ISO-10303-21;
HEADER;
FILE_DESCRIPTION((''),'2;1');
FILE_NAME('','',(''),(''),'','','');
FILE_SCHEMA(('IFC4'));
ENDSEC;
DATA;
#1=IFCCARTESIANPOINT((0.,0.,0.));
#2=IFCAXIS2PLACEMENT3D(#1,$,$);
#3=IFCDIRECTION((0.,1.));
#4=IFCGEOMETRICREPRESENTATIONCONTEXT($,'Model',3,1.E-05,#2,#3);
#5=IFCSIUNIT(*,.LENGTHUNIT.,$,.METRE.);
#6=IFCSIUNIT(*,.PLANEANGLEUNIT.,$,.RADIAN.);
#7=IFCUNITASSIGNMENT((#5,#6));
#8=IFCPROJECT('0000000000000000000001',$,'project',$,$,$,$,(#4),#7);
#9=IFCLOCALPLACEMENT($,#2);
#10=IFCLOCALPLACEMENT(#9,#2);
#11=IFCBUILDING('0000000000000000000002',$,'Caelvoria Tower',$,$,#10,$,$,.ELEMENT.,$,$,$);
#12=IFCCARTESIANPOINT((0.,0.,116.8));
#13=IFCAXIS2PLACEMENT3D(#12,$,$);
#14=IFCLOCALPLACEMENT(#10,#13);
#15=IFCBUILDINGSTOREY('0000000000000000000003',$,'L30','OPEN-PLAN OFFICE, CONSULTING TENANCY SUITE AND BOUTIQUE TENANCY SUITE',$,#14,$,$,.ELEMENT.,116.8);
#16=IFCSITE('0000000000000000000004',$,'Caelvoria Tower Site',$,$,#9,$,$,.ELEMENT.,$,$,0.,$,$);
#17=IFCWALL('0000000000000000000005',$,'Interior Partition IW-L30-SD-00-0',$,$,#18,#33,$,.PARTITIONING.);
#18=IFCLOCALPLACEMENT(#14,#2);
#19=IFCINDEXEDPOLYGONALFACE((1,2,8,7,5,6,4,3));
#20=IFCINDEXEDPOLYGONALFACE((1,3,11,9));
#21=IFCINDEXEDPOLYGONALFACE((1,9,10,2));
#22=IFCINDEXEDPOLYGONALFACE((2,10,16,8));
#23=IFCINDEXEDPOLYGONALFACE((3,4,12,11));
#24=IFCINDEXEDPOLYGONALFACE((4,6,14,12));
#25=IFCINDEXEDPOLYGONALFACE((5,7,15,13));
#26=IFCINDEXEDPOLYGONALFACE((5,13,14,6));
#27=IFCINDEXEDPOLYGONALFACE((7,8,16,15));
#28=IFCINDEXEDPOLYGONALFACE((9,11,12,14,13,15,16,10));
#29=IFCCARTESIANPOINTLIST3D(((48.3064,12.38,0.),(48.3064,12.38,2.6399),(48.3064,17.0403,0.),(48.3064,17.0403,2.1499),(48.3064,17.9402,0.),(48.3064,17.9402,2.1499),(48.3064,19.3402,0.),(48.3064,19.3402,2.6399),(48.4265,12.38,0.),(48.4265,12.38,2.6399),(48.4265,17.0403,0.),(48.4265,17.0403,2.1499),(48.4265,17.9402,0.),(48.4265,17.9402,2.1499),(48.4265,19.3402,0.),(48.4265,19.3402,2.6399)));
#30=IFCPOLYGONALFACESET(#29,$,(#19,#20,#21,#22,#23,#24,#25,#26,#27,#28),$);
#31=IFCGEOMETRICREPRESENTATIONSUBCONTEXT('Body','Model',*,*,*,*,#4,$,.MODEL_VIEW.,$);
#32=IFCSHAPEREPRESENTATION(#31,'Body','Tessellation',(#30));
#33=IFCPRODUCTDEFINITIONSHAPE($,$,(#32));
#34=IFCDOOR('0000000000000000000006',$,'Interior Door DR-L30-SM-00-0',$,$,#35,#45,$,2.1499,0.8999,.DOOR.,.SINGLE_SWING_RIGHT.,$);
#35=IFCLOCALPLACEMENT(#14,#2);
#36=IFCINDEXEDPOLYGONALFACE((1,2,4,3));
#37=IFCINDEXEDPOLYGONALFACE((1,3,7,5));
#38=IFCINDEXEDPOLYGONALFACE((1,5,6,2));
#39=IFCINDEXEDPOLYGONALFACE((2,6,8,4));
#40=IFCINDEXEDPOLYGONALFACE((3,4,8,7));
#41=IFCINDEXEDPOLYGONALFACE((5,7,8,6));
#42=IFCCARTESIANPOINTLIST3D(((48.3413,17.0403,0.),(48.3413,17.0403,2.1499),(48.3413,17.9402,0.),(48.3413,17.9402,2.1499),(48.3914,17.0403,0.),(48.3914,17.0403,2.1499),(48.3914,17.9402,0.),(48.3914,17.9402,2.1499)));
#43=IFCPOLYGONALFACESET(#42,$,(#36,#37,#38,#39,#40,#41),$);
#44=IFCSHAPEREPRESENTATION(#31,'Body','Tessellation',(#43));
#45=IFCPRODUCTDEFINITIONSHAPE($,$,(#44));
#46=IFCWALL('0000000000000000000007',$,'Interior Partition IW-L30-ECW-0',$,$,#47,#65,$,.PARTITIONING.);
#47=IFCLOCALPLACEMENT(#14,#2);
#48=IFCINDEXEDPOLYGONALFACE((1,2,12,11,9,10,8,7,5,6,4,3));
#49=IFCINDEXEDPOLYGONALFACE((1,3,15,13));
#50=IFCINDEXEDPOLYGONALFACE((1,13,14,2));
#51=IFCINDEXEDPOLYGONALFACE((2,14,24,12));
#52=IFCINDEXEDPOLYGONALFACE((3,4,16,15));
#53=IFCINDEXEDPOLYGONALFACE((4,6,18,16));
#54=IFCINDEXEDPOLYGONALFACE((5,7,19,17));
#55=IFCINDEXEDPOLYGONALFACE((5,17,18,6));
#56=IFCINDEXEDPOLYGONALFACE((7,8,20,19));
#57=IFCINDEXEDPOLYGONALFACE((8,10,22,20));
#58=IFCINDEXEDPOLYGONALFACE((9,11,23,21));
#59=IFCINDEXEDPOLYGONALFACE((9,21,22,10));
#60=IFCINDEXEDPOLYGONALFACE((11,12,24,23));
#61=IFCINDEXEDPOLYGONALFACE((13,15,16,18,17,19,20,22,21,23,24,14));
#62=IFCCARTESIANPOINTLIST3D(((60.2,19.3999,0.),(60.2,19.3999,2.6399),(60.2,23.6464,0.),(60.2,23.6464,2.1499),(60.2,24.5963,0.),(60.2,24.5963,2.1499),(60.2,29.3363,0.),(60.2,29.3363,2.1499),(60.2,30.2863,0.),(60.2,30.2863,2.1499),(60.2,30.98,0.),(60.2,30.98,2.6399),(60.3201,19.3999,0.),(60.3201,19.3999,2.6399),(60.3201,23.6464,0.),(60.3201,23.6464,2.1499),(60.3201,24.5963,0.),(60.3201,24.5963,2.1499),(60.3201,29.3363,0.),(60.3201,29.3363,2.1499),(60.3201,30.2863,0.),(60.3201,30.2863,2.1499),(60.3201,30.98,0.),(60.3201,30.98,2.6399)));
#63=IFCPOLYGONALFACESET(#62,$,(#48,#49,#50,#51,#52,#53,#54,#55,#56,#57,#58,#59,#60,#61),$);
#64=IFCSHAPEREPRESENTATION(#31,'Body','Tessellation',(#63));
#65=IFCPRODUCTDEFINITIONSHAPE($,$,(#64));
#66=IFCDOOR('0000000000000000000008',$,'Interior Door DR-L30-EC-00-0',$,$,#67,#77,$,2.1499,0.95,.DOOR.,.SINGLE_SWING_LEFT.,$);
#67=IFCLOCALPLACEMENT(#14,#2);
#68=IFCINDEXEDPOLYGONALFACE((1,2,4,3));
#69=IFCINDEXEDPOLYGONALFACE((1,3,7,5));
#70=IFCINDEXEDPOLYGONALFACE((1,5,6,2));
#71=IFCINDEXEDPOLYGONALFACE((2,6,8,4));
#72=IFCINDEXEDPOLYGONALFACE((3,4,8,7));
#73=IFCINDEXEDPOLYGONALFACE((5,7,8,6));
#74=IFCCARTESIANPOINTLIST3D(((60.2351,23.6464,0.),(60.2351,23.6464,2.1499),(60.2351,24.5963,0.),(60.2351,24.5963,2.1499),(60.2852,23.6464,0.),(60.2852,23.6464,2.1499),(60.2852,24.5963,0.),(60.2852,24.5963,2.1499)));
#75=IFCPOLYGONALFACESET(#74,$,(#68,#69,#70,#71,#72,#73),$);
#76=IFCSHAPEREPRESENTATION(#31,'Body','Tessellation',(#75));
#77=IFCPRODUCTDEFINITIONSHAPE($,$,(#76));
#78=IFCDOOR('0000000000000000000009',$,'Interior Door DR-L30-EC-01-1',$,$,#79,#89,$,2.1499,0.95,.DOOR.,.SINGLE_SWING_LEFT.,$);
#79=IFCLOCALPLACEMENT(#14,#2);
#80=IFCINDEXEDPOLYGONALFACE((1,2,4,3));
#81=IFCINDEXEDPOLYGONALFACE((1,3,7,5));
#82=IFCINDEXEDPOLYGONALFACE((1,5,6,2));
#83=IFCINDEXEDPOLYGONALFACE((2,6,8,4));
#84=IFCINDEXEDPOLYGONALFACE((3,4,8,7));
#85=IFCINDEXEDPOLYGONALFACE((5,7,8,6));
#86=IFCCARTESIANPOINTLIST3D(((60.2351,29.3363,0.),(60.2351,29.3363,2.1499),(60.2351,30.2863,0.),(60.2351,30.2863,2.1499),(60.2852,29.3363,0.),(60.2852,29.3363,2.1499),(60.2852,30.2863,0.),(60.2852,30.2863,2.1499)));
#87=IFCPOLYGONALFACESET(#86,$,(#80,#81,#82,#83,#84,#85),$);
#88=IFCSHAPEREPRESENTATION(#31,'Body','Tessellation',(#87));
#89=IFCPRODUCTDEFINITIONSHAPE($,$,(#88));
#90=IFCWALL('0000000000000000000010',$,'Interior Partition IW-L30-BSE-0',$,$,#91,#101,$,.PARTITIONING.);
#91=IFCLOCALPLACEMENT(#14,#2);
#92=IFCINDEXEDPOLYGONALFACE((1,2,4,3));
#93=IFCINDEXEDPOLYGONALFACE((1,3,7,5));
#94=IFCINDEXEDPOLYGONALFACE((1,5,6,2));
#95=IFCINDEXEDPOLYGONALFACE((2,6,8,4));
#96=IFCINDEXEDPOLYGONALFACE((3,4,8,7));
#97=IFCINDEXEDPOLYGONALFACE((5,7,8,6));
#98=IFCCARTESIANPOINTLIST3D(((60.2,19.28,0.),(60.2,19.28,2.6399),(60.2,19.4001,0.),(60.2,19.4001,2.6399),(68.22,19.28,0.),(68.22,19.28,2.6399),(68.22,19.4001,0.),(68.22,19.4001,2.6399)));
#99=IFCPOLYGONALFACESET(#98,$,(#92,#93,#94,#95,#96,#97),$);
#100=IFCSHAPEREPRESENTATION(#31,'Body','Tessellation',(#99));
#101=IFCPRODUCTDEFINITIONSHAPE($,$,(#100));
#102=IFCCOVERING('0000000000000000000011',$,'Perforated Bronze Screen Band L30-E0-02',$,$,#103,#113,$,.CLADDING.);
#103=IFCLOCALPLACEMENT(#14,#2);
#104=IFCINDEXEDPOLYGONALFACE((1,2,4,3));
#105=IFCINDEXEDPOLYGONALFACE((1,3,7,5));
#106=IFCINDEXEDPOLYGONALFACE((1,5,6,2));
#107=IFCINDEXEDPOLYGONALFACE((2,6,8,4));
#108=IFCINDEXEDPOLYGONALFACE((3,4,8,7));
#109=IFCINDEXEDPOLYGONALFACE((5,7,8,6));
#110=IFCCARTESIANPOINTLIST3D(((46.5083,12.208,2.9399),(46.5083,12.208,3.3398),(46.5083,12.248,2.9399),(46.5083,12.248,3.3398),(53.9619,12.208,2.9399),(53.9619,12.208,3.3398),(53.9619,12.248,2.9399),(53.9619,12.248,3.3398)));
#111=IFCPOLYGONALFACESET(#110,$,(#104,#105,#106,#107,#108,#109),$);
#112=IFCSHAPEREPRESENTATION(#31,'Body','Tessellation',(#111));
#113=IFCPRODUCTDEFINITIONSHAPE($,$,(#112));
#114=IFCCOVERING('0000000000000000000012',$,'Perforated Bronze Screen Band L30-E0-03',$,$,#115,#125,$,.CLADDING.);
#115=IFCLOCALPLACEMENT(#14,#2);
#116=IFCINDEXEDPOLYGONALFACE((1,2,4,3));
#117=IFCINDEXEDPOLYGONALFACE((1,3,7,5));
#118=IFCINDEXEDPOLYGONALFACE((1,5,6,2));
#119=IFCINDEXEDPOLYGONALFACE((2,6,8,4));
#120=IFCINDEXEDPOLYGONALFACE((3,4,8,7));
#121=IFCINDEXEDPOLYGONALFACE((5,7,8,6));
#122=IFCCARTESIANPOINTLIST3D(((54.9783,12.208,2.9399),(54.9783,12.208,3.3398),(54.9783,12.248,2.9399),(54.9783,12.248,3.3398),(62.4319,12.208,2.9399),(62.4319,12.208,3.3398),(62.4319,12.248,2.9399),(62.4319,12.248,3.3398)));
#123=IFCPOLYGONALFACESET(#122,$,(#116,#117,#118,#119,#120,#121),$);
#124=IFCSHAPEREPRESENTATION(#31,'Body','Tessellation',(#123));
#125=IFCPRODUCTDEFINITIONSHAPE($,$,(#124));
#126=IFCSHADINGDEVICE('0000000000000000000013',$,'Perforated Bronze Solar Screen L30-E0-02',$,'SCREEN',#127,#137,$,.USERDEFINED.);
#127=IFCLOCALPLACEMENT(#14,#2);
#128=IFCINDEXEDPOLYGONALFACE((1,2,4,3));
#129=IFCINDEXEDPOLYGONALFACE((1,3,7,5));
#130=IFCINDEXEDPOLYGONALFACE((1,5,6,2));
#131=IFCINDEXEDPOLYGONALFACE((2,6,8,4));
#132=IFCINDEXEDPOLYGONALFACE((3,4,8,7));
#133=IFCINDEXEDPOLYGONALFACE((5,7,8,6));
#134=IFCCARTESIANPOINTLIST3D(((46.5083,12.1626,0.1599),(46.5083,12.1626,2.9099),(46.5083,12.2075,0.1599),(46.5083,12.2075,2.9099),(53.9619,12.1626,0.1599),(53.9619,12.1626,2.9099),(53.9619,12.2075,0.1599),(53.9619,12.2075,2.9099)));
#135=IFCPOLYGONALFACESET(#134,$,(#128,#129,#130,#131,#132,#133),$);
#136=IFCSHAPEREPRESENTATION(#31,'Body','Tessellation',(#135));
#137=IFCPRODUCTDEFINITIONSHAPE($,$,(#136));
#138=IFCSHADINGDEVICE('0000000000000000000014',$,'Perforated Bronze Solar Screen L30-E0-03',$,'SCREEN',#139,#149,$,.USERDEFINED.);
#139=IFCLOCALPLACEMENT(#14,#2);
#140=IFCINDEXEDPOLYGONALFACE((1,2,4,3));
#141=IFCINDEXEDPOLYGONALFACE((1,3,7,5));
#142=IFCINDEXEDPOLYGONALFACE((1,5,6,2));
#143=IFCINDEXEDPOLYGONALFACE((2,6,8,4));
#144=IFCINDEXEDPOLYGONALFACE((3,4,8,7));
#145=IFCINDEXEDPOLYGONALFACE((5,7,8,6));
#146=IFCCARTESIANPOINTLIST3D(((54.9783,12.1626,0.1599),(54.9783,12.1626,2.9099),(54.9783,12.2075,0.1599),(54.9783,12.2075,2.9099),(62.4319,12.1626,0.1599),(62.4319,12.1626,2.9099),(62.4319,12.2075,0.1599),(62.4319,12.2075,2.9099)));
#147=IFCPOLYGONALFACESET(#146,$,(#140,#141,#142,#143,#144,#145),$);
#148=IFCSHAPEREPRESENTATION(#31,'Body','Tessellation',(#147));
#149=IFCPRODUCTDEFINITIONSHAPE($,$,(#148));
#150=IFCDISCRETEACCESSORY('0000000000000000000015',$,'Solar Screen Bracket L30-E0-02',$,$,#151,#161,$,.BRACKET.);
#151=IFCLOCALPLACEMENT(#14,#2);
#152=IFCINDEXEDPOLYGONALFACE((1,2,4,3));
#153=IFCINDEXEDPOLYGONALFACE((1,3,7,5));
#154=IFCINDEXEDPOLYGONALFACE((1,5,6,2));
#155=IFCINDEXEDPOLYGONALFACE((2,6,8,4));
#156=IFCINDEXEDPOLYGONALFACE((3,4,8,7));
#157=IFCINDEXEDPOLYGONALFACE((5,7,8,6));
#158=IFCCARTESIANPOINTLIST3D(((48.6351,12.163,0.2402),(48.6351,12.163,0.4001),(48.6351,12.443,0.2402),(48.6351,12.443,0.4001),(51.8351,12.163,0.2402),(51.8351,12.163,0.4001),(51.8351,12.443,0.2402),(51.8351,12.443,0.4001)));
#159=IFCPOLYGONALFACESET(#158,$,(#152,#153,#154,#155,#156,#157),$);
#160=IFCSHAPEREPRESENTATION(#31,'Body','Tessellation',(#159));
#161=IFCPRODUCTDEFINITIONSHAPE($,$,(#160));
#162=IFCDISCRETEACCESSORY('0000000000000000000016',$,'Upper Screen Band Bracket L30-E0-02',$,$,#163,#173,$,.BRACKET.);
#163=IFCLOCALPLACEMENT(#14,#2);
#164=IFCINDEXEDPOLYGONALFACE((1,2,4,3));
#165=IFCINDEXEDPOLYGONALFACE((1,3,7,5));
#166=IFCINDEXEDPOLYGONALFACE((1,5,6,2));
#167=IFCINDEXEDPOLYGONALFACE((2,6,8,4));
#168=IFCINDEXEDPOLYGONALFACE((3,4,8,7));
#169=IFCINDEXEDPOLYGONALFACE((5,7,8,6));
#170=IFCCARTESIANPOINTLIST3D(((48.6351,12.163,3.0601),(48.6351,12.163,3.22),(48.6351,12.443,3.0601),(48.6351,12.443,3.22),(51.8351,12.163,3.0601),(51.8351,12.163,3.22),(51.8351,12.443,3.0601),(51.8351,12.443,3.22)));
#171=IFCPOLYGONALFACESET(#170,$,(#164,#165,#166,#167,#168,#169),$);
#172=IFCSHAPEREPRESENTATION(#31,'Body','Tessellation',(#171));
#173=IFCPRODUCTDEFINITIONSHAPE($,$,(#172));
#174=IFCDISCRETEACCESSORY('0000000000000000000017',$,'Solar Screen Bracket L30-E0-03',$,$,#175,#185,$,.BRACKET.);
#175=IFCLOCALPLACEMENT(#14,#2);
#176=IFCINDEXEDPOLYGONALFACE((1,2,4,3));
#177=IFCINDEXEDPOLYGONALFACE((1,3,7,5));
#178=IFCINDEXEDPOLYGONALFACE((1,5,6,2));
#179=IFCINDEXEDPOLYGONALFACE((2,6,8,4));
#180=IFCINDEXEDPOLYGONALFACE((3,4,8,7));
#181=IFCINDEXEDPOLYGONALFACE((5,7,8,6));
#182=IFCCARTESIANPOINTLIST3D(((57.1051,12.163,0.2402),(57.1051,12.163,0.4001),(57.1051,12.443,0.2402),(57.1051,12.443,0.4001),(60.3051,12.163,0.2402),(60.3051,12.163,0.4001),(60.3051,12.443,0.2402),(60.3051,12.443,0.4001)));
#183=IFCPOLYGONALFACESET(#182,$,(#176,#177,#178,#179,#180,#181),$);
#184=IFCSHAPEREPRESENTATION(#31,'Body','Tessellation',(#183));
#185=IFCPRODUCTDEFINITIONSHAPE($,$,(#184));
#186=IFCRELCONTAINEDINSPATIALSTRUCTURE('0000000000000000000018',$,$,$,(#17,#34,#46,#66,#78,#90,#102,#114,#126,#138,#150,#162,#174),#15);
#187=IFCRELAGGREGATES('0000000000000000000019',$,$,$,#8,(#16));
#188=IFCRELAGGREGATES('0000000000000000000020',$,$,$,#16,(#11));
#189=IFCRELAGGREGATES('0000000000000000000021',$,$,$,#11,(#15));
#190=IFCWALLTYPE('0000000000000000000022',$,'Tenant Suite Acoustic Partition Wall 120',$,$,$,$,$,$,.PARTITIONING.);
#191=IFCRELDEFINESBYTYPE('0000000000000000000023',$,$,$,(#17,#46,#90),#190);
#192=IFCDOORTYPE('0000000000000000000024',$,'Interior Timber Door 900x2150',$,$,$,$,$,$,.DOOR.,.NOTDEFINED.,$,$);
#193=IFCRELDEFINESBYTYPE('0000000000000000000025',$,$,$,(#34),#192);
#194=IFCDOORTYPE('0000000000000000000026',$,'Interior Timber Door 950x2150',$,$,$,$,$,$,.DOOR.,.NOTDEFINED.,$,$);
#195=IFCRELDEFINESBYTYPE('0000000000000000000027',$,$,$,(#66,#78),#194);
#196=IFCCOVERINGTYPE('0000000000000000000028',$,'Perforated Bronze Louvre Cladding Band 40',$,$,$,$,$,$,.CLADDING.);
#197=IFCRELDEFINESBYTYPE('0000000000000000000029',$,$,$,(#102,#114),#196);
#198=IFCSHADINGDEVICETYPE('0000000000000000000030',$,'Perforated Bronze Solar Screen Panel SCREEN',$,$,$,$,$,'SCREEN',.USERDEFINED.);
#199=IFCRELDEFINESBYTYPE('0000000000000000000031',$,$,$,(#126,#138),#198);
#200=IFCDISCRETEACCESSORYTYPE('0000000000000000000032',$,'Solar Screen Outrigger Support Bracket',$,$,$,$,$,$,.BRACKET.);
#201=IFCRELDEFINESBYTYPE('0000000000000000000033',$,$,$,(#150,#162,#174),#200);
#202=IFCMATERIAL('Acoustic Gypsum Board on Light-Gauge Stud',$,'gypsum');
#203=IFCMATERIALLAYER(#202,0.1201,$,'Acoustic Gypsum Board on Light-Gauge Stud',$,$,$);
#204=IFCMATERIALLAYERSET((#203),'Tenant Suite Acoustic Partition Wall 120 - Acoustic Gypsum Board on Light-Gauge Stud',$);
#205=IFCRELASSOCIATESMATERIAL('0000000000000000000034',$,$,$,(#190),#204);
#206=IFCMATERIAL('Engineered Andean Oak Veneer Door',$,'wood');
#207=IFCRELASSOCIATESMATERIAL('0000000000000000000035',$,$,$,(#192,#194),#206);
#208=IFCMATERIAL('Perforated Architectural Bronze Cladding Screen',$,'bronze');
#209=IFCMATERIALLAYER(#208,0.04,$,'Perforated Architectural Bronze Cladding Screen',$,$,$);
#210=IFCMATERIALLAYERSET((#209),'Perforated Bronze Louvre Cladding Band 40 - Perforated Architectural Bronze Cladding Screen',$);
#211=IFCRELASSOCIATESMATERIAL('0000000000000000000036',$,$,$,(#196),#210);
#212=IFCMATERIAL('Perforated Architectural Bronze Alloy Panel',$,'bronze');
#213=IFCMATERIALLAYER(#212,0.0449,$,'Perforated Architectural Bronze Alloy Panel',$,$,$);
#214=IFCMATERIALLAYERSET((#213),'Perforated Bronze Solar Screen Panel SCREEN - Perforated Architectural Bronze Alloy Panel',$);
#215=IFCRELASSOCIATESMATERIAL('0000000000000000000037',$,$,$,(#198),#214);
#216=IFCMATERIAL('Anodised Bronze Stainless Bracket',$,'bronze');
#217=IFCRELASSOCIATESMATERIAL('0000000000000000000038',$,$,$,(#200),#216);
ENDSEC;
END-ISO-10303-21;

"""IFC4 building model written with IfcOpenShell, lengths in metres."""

from ifc_helpers import new_model, si_unit, direction, frame, frame_2d, origin, origin_2d, place, context, subcontext, project, spatial, rectangle, extrude, material, layer, layer_set, type_object, element, fill, save


model = new_model("IFC4")

# Units and contexts
model_context = context("Model", 3, precision=1e-05, world=origin(), true_north=direction((0.0, 1.0)))
body_context = subcontext(model_context, "Body", "Model", "MODEL_VIEW")
ifc_project = project(units=[si_unit("LENGTHUNIT", "METRE"), si_unit("PLANEANGLEUNIT", "RADIAN")], contexts=[model_context])

# Site, building, storey
site_placement = place(None, origin())
site = spatial("IfcSite", under=ifc_project, at=site_placement, Name="Caelvoria Tower Site", CompositionType="ELEMENT", RefElevation=0.0)
building_placement = place(site_placement, origin())
building = spatial("IfcBuilding", under=site, at=building_placement, Name="Caelvoria Tower", CompositionType="ELEMENT")
storey_placement = place(building_placement, frame((0.0, 0.0, 116.8)))
storey = spatial("IfcBuildingStorey", under=building, at=storey_placement, Name="L30", Description="OPEN-PLAN OFFICE, CONSULTING TENANCY SUITE AND BOUTIQUE TENANCY SUITE", CompositionType="ELEMENT", Elevation=116.8)

# Wall, opening, door
ifc_material_1 = material(Name="Acoustic Gypsum Board on Light-Gauge Stud", Category="gypsum")
ifc_layer_1 = layer(ifc_material_1, 0.1201, Name="Acoustic Gypsum Board on Light-Gauge Stud")
ifc_layer_set_1 = layer_set([ifc_layer_1], Name="Tenant Suite Acoustic Partition Wall 120 - Acoustic Gypsum Board on Light-Gauge Stud")
wall_type_1 = type_object("IfcWallType", Name="Tenant Suite Acoustic Partition Wall 120", PredefinedType="PARTITIONING", material=ifc_layer_set_1)
wall_1_placement = place(storey_placement, frame((48.3665, 19.3401, 0.0), z_axis=(0.0, 0.0, 1.0), x_axis=(0.0, -1.0, 0.0)))
wall_1 = element("IfcWall", 1, at=wall_1_placement, inside=storey, type_object=wall_type_1, Name="Interior Partition IW-L30-SD-00-0", PredefinedType="PARTITIONING", context=body_context, shape_type="SweptSolid", body=[
    extrude(rectangle(XDim=6.9602, YDim=0.1201, at=frame_2d((3.48, 0.0))), origin(), (0.0, 0.0, 1.0), 2.6399),
])
opening_1_placement = place(wall_1_placement, frame((1.3999, 0.0, 0.0)))
opening_1 = element("IfcOpeningElement", 2, at=opening_1_placement, cuts=wall_1, PredefinedType="OPENING", context=body_context, shape_type="SweptSolid", body=[
    extrude(rectangle(XDim=0.8999, YDim=2.1499, at=frame_2d((0.45, 1.075))), frame((0.0, 0.0701, 0.0), z_axis=(0.0, -1.0, 0.0), x_axis=(1.0, 0.0, 0.0)), (0.0, 0.0, 1.0), 0.1401),
])
ifc_material_2 = material(Name="Engineered Andean Oak Veneer Door", Category="wood")
door_type_1 = type_object("IfcDoorType", Name="Interior Timber Door 900x2150", OperationType="NOTDEFINED", PredefinedType="DOOR", material=ifc_material_2)
door_1_placement = place(opening_1_placement, origin())
door_1 = element("IfcDoor", 3, at=door_1_placement, inside=storey, type_object=door_type_1, Name="Interior Door DR-L30-SM-00-0", OperationType="SINGLE_SWING_RIGHT", OverallHeight=2.1499, OverallWidth=0.8999, PredefinedType="DOOR", context=body_context, shape_type="SweptSolid", body=[
    extrude(rectangle(XDim=0.8999, YDim=2.1499, at=frame_2d((0.45, 1.075))), frame((0.0, 0.0249, 0.0), z_axis=(0.0, -1.0, 0.0), x_axis=(1.0, 0.0, 0.0)), (0.0, 0.0, 1.0), 0.05),
])
fill(opening_1, door_1)

# Wall, openings, doors
wall_2_placement = place(storey_placement, frame((60.26, 19.3999, 0.0), z_axis=(0.0, 0.0, 1.0), x_axis=(0.0, 1.0, 0.0)))
wall_2 = element("IfcWall", 4, at=wall_2_placement, inside=storey, type_object=wall_type_1, Name="Interior Partition IW-L30-ECW-0", PredefinedType="PARTITIONING", context=body_context, shape_type="SweptSolid", body=[
    extrude(rectangle(XDim=11.5801, YDim=0.1201, at=frame_2d((5.79, 0.0))), origin(), (0.0, 0.0, 1.0), 2.6399),
])
opening_2_placement = place(wall_2_placement, frame((4.2463, 0.0, 0.0)))
opening_2 = element("IfcOpeningElement", 5, at=opening_2_placement, cuts=wall_2, PredefinedType="OPENING", context=body_context, shape_type="SweptSolid", body=[
    extrude(rectangle(XDim=0.95, YDim=2.1499, at=frame_2d((0.4751, 1.075))), frame((0.0, 0.0701, 0.0), z_axis=(0.0, -1.0, 0.0), x_axis=(1.0, 0.0, 0.0)), (0.0, 0.0, 1.0), 0.1401),
])
opening_3_placement = place(wall_2_placement, frame((9.9363, 0.0, 0.0)))
opening_3 = element("IfcOpeningElement", 6, at=opening_3_placement, cuts=wall_2, PredefinedType="OPENING", context=body_context, shape_type="SweptSolid", body=[
    extrude(rectangle(XDim=0.95, YDim=2.1499, at=frame_2d((0.4751, 1.075))), frame((0.0, 0.0701, 0.0), z_axis=(0.0, -1.0, 0.0), x_axis=(1.0, 0.0, 0.0)), (0.0, 0.0, 1.0), 0.1401),
])
door_type_2 = type_object("IfcDoorType", Name="Interior Timber Door 950x2150", OperationType="NOTDEFINED", PredefinedType="DOOR", material=ifc_material_2)
door_2_placement = place(opening_2_placement, origin())
door_2 = element("IfcDoor", 7, at=door_2_placement, inside=storey, type_object=door_type_2, Name="Interior Door DR-L30-EC-00-0", OperationType="SINGLE_SWING_LEFT", OverallHeight=2.1499, OverallWidth=0.95, PredefinedType="DOOR", context=body_context, shape_type="SweptSolid", body=[
    extrude(rectangle(XDim=0.95, YDim=2.1499, at=frame_2d((0.4751, 1.075))), frame((0.0, 0.0249, 0.0), z_axis=(0.0, -1.0, 0.0), x_axis=(1.0, 0.0, 0.0)), (0.0, 0.0, 1.0), 0.05),
])
fill(opening_2, door_2)
door_3_placement = place(opening_3_placement, origin())
door_3 = element("IfcDoor", 8, at=door_3_placement, inside=storey, type_object=door_type_2, Name="Interior Door DR-L30-EC-01-1", OperationType="SINGLE_SWING_LEFT", OverallHeight=2.1499, OverallWidth=0.95, PredefinedType="DOOR", context=body_context, shape_type="SweptSolid", body=[
    extrude(rectangle(XDim=0.95, YDim=2.1499, at=frame_2d((0.4751, 1.075))), frame((0.0, 0.0249, 0.0), z_axis=(0.0, -1.0, 0.0), x_axis=(1.0, 0.0, 0.0)), (0.0, 0.0, 1.0), 0.05),
])
fill(opening_3, door_3)

# Wall
wall_3_placement = place(storey_placement, frame((60.2, 19.3401, 0.0), z_axis=(0.0, 0.0, 1.0), x_axis=(1.0, 0.0, 0.0)))
element("IfcWall", 9, at=wall_3_placement, inside=storey, type_object=wall_type_1, Name="Interior Partition IW-L30-BSE-0", PredefinedType="PARTITIONING", context=body_context, shape_type="SweptSolid", body=[
    extrude(rectangle(XDim=8.02, YDim=0.1201, at=frame_2d((4.01, 0.0))), origin(), (0.0, 0.0, 1.0), 2.6399),
])

# Coverings
ifc_material_3 = material(Name="Perforated Architectural Bronze Cladding Screen", Category="bronze")
ifc_layer_2 = layer(ifc_material_3, 0.04, Name="Perforated Architectural Bronze Cladding Screen")
ifc_layer_set_2 = layer_set([ifc_layer_2], Name="Perforated Bronze Louvre Cladding Band 40 - Perforated Architectural Bronze Cladding Screen")
covering_type = type_object("IfcCoveringType", Name="Perforated Bronze Louvre Cladding Band 40", PredefinedType="CLADDING", material=ifc_layer_set_2)
for number, where, z_axis, x_axis, name in (
    (10, (50.2351, 12.228, 2.9399), (0.0, 0.0, 1.0), (1.0, 0.0, 0.0), "Perforated Bronze Screen Band L30-E0-02"),
    (11, (58.7051, 12.228, 2.9399), (0.0, 0.0, 1.0), (1.0, 0.0, 0.0), "Perforated Bronze Screen Band L30-E0-03"),
):
    element("IfcCovering", number, at=place(storey_placement, frame(where, z_axis=z_axis, x_axis=x_axis)), inside=storey, type_object=covering_type, Name=name, PredefinedType="CLADDING", context=body_context, shape_type="SweptSolid", body=[
        extrude(rectangle(XDim=7.4536, YDim=0.04, at=origin_2d()), origin(), (0.0, 0.0, 1.0), 0.3999),
    ])

# Shading devices
ifc_material_4 = material(Name="Perforated Architectural Bronze Alloy Panel", Category="bronze")
ifc_layer_3 = layer(ifc_material_4, 0.0449, Name="Perforated Architectural Bronze Alloy Panel")
ifc_layer_set_3 = layer_set([ifc_layer_3], Name="Perforated Bronze Solar Screen Panel SCREEN - Perforated Architectural Bronze Alloy Panel")
shading_device_type = type_object("IfcShadingDeviceType", Name="Perforated Bronze Solar Screen Panel SCREEN", ElementType="SCREEN", PredefinedType="USERDEFINED", material=ifc_layer_set_3)
for number, where, z_axis, x_axis, name in (
    (12, (50.2351, 12.1851, 0.1599), (0.0, 0.0, 1.0), (1.0, 0.0, 0.0), "Perforated Bronze Solar Screen L30-E0-02"),
    (13, (58.7051, 12.1851, 0.1599), (0.0, 0.0, 1.0), (1.0, 0.0, 0.0), "Perforated Bronze Solar Screen L30-E0-03"),
):
    element("IfcShadingDevice", number, at=place(storey_placement, frame(where, z_axis=z_axis, x_axis=x_axis)), inside=storey, type_object=shading_device_type, Name=name, ObjectType="SCREEN", PredefinedType="USERDEFINED", context=body_context, shape_type="SweptSolid", body=[
        extrude(rectangle(XDim=7.4536, YDim=0.0449, at=origin_2d()), origin(), (0.0, 0.0, 1.0), 2.75),
    ])

# Discrete accessories
ifc_material_5 = material(Name="Anodised Bronze Stainless Bracket", Category="bronze")
discrete_accessory_type = type_object("IfcDiscreteAccessoryType", Name="Solar Screen Outrigger Support Bracket", PredefinedType="BRACKET", material=ifc_material_5)
for number, where, z_axis, x_axis, name in (
    (14, (50.2351, 12.303, 0.2402), (0.0, 0.0, 1.0), (1.0, 0.0, 0.0), "Solar Screen Bracket L30-E0-02"),
    (15, (50.2351, 12.303, 3.0601), (0.0, 0.0, 1.0), (1.0, 0.0, 0.0), "Upper Screen Band Bracket L30-E0-02"),
    (16, (58.7051, 12.303, 0.2402), (0.0, 0.0, 1.0), (1.0, 0.0, 0.0), "Solar Screen Bracket L30-E0-03"),
):
    element("IfcDiscreteAccessory", number, at=place(storey_placement, frame(where, z_axis=z_axis, x_axis=x_axis)), inside=storey, type_object=discrete_accessory_type, Name=name, PredefinedType="BRACKET", context=body_context, shape_type="SweptSolid", body=[
        extrude(rectangle(XDim=3.2, YDim=0.28, at=origin_2d()), origin(), (0.0, 0.0, 1.0), 0.1599),
    ])

save(model, "model.ifc")
